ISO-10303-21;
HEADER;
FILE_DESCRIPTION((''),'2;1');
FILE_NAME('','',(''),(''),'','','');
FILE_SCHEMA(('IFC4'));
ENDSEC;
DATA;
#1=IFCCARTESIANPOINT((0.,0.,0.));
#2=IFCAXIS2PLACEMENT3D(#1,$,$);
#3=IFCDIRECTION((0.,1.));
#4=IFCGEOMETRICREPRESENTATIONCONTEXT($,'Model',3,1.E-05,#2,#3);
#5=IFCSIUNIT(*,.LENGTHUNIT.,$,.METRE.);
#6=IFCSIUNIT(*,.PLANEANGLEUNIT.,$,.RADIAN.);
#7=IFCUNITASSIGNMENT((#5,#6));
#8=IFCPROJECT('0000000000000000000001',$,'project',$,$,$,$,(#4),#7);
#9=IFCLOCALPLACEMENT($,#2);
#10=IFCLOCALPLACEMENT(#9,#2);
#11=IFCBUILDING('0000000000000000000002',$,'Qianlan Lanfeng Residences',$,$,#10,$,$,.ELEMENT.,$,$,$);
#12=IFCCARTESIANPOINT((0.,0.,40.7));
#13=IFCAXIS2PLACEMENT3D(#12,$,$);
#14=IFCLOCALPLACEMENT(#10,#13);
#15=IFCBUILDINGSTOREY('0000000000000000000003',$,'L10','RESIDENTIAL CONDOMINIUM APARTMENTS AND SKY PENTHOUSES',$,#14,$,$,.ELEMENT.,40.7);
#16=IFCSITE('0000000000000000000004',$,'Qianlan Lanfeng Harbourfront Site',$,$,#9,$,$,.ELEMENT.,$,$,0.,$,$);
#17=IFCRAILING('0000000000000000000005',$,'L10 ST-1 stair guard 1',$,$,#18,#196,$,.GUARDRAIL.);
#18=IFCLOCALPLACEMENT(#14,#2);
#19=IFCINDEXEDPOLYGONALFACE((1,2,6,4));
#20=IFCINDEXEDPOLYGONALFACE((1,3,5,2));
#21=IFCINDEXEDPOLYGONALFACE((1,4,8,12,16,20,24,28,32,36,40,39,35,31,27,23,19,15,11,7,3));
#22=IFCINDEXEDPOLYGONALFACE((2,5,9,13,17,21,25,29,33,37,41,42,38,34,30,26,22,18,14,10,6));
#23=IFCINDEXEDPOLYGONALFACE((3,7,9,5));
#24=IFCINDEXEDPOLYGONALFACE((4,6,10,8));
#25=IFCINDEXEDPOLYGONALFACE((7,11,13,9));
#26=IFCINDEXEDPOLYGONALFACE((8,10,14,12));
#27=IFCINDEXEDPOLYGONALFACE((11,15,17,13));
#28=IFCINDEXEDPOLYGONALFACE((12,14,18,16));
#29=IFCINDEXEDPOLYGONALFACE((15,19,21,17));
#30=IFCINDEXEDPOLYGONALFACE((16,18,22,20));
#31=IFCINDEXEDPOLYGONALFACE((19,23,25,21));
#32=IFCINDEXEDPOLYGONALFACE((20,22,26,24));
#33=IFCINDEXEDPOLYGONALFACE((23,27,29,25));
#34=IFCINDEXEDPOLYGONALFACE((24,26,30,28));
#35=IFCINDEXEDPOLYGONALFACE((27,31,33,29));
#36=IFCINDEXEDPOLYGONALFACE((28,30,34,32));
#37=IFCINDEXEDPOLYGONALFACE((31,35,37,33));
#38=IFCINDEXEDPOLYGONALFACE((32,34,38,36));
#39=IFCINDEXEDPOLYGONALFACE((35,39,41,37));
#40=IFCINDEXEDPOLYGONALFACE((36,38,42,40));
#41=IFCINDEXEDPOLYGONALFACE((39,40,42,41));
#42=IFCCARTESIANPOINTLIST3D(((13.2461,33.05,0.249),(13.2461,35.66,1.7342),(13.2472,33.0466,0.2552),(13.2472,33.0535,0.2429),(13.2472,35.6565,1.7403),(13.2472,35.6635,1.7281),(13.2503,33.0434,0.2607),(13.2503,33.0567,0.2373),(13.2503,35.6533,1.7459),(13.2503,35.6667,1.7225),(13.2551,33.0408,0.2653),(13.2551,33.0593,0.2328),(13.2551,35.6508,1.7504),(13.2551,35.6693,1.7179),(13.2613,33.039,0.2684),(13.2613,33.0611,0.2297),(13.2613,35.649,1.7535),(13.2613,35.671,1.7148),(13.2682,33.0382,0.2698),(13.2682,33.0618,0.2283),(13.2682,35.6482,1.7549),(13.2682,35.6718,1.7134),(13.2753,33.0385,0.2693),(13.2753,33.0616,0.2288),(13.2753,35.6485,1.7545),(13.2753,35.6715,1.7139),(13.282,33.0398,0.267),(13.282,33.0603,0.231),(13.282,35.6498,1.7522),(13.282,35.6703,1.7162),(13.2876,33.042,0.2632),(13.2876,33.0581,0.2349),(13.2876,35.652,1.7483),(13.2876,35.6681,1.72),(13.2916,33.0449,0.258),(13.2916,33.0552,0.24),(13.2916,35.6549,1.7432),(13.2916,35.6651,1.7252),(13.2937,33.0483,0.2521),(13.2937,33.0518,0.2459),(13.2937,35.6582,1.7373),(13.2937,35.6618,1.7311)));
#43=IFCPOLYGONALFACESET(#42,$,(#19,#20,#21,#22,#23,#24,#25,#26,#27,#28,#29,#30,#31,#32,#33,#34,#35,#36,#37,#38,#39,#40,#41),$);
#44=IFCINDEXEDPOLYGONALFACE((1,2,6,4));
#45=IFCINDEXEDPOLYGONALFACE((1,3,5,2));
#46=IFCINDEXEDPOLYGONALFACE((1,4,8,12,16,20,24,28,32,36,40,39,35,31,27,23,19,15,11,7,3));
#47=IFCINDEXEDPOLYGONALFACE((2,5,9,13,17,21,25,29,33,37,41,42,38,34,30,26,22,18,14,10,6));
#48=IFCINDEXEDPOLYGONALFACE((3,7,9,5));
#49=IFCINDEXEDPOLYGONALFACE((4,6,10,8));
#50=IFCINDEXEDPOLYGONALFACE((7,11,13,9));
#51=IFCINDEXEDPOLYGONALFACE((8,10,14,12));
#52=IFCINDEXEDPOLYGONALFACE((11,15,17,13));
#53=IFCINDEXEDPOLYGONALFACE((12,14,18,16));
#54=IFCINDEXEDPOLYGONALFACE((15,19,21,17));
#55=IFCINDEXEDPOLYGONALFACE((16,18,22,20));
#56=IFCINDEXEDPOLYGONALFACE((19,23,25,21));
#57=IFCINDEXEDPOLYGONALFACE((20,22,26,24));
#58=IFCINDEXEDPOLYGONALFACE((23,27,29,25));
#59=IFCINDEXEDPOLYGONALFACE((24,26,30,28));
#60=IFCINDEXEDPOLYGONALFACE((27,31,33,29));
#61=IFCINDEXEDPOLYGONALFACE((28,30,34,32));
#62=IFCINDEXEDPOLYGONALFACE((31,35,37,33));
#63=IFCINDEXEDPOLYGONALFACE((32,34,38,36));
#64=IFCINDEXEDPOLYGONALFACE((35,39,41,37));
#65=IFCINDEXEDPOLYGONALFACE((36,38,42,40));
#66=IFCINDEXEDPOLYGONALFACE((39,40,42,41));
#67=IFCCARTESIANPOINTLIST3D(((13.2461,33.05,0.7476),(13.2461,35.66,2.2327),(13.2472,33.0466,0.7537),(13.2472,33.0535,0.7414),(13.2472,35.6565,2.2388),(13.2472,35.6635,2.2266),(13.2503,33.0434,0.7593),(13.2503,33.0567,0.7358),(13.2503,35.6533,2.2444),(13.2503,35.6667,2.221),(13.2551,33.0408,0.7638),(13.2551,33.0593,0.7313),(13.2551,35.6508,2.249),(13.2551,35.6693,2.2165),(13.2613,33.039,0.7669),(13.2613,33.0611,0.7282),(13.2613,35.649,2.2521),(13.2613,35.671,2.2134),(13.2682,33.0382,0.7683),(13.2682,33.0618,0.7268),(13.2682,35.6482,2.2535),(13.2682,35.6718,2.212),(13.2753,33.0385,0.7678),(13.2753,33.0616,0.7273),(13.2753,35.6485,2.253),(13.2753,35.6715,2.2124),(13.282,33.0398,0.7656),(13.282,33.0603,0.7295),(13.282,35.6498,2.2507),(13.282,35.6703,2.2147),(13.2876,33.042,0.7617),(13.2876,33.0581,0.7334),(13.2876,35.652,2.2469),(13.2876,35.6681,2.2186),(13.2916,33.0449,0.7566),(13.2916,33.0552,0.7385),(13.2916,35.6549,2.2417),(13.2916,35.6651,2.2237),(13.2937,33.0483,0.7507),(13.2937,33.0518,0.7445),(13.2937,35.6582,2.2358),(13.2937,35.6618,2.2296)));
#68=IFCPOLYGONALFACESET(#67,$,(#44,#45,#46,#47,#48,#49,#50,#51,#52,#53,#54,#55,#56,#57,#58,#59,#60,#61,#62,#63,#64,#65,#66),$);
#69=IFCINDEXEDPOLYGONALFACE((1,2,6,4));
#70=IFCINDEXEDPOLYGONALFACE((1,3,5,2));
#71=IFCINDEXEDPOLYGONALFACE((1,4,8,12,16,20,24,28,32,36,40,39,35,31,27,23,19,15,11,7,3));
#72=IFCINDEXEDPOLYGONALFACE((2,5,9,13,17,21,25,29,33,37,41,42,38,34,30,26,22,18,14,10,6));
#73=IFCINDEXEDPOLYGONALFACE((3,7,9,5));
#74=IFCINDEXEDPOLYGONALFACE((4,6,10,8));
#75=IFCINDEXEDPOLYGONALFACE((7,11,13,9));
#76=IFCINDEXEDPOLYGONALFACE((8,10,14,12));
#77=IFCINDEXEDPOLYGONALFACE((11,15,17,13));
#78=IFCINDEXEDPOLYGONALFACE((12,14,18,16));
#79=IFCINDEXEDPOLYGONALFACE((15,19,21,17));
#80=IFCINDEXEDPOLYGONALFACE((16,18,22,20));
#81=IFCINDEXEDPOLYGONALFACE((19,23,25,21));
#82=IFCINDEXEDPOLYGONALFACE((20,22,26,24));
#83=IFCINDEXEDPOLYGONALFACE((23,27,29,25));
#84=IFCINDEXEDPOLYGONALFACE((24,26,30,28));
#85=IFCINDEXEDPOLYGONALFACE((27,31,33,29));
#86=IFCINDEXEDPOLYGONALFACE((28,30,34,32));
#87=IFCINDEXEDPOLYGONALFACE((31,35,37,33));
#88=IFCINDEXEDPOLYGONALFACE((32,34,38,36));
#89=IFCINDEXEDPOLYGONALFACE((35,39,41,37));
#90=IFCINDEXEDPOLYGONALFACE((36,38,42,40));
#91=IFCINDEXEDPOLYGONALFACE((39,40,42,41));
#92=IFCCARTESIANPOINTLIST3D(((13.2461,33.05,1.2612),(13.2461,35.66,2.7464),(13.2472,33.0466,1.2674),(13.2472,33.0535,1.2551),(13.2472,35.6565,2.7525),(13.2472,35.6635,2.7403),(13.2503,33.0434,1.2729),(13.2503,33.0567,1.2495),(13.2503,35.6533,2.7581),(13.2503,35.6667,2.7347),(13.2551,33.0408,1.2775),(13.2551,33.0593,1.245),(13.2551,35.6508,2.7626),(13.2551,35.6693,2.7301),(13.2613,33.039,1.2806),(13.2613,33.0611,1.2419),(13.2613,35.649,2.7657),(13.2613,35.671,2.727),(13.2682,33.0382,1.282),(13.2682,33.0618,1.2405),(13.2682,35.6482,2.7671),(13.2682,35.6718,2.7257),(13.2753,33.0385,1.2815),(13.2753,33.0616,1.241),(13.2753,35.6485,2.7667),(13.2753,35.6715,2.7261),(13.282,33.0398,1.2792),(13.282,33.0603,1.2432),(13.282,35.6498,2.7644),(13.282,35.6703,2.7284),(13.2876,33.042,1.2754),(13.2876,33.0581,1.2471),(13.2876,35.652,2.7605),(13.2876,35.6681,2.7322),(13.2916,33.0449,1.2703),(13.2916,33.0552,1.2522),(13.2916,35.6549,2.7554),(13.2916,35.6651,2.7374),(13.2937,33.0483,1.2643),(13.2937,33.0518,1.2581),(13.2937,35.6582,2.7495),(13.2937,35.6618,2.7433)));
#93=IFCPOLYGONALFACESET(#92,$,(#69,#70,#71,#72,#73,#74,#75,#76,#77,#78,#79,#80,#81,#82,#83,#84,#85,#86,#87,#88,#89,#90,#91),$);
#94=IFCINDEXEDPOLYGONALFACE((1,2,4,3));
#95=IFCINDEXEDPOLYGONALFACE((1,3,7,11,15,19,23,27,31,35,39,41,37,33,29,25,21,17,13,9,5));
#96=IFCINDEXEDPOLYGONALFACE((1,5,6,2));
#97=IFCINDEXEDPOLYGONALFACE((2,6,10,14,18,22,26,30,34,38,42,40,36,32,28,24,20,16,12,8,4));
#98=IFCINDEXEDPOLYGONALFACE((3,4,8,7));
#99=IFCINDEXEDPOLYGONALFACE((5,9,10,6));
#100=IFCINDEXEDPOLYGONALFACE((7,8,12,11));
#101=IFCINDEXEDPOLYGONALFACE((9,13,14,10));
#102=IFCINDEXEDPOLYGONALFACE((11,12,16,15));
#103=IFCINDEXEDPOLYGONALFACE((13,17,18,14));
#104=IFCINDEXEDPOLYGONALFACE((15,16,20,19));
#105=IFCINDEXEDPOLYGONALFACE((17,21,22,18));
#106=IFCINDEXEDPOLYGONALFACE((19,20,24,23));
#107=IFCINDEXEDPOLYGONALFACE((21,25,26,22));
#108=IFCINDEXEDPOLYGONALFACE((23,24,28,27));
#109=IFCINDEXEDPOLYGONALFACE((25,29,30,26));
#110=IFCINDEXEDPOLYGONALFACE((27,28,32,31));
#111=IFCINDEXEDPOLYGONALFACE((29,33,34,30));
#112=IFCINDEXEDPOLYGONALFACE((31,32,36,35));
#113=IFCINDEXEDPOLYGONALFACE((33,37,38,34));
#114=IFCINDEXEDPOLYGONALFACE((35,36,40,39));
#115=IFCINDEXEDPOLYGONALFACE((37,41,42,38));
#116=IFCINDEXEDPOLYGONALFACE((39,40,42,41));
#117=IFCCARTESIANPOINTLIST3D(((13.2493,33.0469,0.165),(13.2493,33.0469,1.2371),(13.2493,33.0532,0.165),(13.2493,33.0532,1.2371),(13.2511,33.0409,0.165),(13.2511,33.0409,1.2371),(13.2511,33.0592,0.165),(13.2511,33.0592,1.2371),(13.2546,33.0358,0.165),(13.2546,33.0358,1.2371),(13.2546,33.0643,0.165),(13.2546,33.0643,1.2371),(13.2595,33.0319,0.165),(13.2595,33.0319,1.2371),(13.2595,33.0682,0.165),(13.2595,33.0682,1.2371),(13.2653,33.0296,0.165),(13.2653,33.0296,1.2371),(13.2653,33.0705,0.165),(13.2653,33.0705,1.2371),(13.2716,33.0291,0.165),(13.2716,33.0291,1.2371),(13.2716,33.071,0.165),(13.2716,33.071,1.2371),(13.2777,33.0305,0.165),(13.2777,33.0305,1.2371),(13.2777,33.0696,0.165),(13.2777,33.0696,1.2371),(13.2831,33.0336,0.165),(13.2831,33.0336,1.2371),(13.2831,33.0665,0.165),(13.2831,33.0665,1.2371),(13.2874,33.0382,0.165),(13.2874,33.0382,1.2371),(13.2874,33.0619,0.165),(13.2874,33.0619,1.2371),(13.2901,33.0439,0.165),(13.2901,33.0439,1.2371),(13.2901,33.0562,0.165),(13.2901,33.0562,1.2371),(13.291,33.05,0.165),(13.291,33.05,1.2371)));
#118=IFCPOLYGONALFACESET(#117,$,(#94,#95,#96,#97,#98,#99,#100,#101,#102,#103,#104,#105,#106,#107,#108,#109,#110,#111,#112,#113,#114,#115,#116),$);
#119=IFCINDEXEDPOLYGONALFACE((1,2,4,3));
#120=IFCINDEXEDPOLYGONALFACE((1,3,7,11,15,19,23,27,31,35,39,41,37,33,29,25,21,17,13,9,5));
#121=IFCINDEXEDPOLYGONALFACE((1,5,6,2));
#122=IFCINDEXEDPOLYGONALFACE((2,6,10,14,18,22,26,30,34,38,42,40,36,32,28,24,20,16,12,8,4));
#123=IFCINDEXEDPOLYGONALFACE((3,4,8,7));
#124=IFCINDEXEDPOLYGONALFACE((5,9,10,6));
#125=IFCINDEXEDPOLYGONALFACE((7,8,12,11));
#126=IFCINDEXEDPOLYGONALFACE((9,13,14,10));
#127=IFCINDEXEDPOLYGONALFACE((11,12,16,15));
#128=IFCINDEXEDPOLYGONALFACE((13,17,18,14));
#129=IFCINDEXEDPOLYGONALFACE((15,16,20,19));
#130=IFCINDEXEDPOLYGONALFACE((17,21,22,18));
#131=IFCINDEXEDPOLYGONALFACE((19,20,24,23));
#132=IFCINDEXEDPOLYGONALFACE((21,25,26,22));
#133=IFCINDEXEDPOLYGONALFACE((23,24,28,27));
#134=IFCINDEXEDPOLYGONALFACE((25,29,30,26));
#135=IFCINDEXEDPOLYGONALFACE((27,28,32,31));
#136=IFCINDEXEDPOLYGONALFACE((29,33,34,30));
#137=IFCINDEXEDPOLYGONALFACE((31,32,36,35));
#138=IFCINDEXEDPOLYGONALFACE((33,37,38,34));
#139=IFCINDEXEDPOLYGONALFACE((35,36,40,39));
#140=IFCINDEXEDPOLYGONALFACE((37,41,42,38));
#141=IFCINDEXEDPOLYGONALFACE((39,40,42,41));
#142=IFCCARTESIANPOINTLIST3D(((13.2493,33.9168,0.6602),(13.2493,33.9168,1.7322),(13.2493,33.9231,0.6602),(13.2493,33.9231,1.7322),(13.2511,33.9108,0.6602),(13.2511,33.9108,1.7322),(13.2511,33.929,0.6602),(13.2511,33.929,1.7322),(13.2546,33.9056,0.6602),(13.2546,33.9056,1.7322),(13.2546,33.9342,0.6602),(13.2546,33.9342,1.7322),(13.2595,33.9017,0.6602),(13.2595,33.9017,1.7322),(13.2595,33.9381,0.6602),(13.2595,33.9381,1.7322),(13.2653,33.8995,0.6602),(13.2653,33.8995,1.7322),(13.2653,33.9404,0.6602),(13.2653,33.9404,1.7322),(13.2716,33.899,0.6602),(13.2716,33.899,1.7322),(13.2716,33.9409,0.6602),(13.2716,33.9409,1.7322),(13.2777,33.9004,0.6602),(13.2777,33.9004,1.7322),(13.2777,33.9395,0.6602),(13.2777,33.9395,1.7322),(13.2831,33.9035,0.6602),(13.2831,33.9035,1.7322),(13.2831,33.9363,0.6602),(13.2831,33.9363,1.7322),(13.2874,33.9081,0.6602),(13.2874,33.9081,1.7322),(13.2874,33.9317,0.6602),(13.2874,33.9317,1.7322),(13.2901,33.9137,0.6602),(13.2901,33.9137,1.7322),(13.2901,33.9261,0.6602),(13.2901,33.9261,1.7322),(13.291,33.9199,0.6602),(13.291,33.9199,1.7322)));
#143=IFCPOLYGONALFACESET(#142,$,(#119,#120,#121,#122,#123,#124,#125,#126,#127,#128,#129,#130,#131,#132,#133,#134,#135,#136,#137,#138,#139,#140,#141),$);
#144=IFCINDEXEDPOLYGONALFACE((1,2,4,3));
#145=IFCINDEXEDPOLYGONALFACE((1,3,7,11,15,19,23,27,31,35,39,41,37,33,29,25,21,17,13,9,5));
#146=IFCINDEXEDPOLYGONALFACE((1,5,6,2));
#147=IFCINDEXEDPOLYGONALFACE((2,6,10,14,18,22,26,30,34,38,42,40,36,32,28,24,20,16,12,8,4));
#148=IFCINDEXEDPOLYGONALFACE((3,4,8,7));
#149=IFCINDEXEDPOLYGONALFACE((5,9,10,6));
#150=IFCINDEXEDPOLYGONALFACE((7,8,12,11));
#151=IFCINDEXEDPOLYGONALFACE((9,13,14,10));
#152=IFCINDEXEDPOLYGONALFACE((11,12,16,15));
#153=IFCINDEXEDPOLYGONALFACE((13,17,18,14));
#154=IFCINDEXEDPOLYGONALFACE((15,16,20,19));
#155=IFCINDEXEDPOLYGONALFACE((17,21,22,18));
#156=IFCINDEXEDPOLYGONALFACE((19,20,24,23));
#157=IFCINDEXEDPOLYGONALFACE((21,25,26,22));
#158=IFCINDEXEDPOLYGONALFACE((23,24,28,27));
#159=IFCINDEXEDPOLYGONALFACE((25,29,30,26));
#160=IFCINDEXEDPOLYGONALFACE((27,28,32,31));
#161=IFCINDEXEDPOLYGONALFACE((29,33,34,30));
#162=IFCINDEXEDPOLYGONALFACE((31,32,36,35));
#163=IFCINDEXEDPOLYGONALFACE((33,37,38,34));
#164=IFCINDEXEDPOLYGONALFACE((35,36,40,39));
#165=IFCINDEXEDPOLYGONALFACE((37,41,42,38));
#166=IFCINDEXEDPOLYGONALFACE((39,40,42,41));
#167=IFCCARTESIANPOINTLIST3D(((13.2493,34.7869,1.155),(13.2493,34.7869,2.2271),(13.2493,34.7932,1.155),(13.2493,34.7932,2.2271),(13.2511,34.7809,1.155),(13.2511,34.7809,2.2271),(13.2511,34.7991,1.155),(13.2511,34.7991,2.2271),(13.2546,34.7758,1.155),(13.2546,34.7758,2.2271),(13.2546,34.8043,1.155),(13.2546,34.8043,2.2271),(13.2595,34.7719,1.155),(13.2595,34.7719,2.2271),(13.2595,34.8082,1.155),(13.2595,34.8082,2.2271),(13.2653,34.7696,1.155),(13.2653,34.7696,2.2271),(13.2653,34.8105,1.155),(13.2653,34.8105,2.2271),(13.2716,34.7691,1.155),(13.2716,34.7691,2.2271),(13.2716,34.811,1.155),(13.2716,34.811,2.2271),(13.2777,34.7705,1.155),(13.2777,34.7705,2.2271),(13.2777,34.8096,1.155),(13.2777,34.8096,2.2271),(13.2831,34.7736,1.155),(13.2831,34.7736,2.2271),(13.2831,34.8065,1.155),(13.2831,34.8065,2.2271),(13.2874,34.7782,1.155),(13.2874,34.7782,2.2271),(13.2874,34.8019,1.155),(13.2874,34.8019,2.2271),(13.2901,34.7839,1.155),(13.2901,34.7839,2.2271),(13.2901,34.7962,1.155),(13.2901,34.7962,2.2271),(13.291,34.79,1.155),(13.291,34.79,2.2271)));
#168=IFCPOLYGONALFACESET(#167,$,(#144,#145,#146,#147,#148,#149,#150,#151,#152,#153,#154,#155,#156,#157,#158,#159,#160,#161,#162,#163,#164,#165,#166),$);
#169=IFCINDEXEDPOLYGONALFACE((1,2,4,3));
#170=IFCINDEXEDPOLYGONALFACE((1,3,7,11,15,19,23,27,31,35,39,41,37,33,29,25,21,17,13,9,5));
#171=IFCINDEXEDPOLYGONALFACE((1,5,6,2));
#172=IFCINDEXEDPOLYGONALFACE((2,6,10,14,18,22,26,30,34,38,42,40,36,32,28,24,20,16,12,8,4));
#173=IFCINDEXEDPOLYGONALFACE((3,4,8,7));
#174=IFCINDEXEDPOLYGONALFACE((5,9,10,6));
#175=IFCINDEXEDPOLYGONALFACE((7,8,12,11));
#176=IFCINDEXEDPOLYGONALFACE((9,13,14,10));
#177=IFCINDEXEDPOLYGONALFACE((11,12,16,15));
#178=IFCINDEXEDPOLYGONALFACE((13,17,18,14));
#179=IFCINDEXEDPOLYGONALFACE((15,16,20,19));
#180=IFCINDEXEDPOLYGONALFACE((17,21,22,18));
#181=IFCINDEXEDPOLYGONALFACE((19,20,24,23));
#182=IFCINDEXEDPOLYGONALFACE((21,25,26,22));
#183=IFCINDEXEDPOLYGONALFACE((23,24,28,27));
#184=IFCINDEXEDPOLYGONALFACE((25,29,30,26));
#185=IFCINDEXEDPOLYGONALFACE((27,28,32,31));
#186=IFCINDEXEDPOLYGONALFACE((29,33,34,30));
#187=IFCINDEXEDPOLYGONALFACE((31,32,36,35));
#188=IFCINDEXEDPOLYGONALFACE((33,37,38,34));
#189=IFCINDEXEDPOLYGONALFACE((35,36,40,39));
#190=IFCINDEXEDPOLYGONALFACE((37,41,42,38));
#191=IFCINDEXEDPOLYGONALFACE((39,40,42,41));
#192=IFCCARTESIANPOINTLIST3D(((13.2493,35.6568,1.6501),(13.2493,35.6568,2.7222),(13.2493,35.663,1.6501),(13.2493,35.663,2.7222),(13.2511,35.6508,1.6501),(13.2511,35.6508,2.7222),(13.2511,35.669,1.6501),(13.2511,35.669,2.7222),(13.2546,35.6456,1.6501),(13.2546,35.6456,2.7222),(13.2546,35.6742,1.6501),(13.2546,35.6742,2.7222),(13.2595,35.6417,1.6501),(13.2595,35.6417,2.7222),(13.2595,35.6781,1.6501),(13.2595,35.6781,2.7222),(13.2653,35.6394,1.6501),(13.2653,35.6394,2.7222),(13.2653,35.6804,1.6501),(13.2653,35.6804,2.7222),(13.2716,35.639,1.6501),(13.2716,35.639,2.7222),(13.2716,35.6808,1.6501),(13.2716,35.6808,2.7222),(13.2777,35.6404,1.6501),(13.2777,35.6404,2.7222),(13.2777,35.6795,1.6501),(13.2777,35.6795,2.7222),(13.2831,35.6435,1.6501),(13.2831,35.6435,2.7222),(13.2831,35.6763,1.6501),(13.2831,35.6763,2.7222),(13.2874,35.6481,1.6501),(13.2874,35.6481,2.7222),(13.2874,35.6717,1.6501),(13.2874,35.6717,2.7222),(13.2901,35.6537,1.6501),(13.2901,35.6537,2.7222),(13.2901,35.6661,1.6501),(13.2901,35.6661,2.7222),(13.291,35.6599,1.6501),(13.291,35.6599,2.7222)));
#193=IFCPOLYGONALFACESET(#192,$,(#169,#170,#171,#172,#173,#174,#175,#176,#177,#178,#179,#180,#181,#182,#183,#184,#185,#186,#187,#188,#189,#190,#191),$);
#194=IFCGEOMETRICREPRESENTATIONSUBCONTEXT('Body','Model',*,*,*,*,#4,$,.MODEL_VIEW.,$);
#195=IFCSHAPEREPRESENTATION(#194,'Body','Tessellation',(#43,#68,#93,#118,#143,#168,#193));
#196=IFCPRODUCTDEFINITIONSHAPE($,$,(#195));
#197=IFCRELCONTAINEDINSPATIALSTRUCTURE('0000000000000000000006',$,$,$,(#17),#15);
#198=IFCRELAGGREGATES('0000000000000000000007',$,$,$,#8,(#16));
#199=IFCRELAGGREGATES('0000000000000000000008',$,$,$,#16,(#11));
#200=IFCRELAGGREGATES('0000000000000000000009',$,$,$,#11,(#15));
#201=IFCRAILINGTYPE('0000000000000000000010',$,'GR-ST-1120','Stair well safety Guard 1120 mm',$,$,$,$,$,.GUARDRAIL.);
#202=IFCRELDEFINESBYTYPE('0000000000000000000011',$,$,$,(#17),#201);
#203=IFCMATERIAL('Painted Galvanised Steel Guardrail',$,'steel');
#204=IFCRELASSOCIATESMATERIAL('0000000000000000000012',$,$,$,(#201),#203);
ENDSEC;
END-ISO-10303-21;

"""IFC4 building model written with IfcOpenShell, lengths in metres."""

from ifc_helpers import new_model, si_unit, direction, frame, origin, origin_2d, place, context, subcontext, project, spatial, circle, extrude, material, type_object, element, save


model = new_model("IFC4")

# Units and contexts
model_context = context("Model", 3, precision=1e-05, world=origin(), true_north=direction((0.0, 1.0)))
body_context = subcontext(model_context, "Body", "Model", "MODEL_VIEW")
ifc_project = project(units=[si_unit("LENGTHUNIT", "METRE"), si_unit("PLANEANGLEUNIT", "RADIAN")], contexts=[model_context])

# Site, building, storey
site_placement = place(None, origin())
site = spatial("IfcSite", under=ifc_project, at=site_placement, Name="Qianlan Lanfeng Harbourfront Site", CompositionType="ELEMENT", RefElevation=0.0)
building_placement = place(site_placement, origin())
building = spatial("IfcBuilding", under=site, at=building_placement, Name="Qianlan Lanfeng Residences", CompositionType="ELEMENT")
storey_placement = place(building_placement, frame((0.0, 0.0, 40.7)))
storey = spatial("IfcBuildingStorey", under=building, at=storey_placement, Name="L10", Description="RESIDENTIAL CONDOMINIUM APARTMENTS AND SKY PENTHOUSES", CompositionType="ELEMENT", Elevation=40.7)

# Railing
ifc_material_1 = material(Name="Painted Galvanised Steel Guardrail", Category="steel")
railing_type_1 = type_object("IfcRailingType", Name="GR-ST-1120", Description="Stair well safety Guard 1120 mm", PredefinedType="GUARDRAIL", material=ifc_material_1)
railing_1_placement = place(storey_placement, frame((13.27, 33.05, 0.165)))
element("IfcRailing", 1, at=railing_1_placement, inside=storey, type_object=railing_type_1, Name="L10 ST-1 stair guard 1", PredefinedType="GUARDRAIL", context=body_context, shape_type="SweptSolid", body=[
    extrude(circle(Radius=0.0239, at=origin_2d()), frame((0.0, 0.0, 0.084), z_axis=(0.0, 0.869137, 0.494571), x_axis=(-1.0, 0.0, 0.0)), (0.0, 0.0, 1.0), 3.0029),
    extrude(circle(Radius=0.0239, at=origin_2d()), frame((0.0, 0.0, 0.5825), z_axis=(0.0, 0.869137, 0.494571), x_axis=(-1.0, 0.0, 0.0)), (0.0, 0.0, 1.0), 3.0029),
    extrude(circle(Radius=0.0239, at=origin_2d()), frame((0.0, 0.0, 1.0962), z_axis=(0.0, 0.869137, 0.494571), x_axis=(-1.0, 0.0, 0.0)), (0.0, 0.0, 1.0), 3.0029),
    extrude(circle(Radius=0.021, at=origin_2d()), origin(), (0.0, 0.0, 1.0), 1.072),
    extrude(circle(Radius=0.021, at=origin_2d()), frame((0.0, 0.8699, 0.4951)), (0.0, 0.0, 1.0), 1.072),
    extrude(circle(Radius=0.021, at=origin_2d()), frame((0.0, 1.74, 0.99)), (0.0, 0.0, 1.0), 1.072),
    extrude(circle(Radius=0.021, at=origin_2d()), frame((0.0, 2.6099, 1.4851)), (0.0, 0.0, 1.0), 1.072),
])

save(model, "model.ifc")
